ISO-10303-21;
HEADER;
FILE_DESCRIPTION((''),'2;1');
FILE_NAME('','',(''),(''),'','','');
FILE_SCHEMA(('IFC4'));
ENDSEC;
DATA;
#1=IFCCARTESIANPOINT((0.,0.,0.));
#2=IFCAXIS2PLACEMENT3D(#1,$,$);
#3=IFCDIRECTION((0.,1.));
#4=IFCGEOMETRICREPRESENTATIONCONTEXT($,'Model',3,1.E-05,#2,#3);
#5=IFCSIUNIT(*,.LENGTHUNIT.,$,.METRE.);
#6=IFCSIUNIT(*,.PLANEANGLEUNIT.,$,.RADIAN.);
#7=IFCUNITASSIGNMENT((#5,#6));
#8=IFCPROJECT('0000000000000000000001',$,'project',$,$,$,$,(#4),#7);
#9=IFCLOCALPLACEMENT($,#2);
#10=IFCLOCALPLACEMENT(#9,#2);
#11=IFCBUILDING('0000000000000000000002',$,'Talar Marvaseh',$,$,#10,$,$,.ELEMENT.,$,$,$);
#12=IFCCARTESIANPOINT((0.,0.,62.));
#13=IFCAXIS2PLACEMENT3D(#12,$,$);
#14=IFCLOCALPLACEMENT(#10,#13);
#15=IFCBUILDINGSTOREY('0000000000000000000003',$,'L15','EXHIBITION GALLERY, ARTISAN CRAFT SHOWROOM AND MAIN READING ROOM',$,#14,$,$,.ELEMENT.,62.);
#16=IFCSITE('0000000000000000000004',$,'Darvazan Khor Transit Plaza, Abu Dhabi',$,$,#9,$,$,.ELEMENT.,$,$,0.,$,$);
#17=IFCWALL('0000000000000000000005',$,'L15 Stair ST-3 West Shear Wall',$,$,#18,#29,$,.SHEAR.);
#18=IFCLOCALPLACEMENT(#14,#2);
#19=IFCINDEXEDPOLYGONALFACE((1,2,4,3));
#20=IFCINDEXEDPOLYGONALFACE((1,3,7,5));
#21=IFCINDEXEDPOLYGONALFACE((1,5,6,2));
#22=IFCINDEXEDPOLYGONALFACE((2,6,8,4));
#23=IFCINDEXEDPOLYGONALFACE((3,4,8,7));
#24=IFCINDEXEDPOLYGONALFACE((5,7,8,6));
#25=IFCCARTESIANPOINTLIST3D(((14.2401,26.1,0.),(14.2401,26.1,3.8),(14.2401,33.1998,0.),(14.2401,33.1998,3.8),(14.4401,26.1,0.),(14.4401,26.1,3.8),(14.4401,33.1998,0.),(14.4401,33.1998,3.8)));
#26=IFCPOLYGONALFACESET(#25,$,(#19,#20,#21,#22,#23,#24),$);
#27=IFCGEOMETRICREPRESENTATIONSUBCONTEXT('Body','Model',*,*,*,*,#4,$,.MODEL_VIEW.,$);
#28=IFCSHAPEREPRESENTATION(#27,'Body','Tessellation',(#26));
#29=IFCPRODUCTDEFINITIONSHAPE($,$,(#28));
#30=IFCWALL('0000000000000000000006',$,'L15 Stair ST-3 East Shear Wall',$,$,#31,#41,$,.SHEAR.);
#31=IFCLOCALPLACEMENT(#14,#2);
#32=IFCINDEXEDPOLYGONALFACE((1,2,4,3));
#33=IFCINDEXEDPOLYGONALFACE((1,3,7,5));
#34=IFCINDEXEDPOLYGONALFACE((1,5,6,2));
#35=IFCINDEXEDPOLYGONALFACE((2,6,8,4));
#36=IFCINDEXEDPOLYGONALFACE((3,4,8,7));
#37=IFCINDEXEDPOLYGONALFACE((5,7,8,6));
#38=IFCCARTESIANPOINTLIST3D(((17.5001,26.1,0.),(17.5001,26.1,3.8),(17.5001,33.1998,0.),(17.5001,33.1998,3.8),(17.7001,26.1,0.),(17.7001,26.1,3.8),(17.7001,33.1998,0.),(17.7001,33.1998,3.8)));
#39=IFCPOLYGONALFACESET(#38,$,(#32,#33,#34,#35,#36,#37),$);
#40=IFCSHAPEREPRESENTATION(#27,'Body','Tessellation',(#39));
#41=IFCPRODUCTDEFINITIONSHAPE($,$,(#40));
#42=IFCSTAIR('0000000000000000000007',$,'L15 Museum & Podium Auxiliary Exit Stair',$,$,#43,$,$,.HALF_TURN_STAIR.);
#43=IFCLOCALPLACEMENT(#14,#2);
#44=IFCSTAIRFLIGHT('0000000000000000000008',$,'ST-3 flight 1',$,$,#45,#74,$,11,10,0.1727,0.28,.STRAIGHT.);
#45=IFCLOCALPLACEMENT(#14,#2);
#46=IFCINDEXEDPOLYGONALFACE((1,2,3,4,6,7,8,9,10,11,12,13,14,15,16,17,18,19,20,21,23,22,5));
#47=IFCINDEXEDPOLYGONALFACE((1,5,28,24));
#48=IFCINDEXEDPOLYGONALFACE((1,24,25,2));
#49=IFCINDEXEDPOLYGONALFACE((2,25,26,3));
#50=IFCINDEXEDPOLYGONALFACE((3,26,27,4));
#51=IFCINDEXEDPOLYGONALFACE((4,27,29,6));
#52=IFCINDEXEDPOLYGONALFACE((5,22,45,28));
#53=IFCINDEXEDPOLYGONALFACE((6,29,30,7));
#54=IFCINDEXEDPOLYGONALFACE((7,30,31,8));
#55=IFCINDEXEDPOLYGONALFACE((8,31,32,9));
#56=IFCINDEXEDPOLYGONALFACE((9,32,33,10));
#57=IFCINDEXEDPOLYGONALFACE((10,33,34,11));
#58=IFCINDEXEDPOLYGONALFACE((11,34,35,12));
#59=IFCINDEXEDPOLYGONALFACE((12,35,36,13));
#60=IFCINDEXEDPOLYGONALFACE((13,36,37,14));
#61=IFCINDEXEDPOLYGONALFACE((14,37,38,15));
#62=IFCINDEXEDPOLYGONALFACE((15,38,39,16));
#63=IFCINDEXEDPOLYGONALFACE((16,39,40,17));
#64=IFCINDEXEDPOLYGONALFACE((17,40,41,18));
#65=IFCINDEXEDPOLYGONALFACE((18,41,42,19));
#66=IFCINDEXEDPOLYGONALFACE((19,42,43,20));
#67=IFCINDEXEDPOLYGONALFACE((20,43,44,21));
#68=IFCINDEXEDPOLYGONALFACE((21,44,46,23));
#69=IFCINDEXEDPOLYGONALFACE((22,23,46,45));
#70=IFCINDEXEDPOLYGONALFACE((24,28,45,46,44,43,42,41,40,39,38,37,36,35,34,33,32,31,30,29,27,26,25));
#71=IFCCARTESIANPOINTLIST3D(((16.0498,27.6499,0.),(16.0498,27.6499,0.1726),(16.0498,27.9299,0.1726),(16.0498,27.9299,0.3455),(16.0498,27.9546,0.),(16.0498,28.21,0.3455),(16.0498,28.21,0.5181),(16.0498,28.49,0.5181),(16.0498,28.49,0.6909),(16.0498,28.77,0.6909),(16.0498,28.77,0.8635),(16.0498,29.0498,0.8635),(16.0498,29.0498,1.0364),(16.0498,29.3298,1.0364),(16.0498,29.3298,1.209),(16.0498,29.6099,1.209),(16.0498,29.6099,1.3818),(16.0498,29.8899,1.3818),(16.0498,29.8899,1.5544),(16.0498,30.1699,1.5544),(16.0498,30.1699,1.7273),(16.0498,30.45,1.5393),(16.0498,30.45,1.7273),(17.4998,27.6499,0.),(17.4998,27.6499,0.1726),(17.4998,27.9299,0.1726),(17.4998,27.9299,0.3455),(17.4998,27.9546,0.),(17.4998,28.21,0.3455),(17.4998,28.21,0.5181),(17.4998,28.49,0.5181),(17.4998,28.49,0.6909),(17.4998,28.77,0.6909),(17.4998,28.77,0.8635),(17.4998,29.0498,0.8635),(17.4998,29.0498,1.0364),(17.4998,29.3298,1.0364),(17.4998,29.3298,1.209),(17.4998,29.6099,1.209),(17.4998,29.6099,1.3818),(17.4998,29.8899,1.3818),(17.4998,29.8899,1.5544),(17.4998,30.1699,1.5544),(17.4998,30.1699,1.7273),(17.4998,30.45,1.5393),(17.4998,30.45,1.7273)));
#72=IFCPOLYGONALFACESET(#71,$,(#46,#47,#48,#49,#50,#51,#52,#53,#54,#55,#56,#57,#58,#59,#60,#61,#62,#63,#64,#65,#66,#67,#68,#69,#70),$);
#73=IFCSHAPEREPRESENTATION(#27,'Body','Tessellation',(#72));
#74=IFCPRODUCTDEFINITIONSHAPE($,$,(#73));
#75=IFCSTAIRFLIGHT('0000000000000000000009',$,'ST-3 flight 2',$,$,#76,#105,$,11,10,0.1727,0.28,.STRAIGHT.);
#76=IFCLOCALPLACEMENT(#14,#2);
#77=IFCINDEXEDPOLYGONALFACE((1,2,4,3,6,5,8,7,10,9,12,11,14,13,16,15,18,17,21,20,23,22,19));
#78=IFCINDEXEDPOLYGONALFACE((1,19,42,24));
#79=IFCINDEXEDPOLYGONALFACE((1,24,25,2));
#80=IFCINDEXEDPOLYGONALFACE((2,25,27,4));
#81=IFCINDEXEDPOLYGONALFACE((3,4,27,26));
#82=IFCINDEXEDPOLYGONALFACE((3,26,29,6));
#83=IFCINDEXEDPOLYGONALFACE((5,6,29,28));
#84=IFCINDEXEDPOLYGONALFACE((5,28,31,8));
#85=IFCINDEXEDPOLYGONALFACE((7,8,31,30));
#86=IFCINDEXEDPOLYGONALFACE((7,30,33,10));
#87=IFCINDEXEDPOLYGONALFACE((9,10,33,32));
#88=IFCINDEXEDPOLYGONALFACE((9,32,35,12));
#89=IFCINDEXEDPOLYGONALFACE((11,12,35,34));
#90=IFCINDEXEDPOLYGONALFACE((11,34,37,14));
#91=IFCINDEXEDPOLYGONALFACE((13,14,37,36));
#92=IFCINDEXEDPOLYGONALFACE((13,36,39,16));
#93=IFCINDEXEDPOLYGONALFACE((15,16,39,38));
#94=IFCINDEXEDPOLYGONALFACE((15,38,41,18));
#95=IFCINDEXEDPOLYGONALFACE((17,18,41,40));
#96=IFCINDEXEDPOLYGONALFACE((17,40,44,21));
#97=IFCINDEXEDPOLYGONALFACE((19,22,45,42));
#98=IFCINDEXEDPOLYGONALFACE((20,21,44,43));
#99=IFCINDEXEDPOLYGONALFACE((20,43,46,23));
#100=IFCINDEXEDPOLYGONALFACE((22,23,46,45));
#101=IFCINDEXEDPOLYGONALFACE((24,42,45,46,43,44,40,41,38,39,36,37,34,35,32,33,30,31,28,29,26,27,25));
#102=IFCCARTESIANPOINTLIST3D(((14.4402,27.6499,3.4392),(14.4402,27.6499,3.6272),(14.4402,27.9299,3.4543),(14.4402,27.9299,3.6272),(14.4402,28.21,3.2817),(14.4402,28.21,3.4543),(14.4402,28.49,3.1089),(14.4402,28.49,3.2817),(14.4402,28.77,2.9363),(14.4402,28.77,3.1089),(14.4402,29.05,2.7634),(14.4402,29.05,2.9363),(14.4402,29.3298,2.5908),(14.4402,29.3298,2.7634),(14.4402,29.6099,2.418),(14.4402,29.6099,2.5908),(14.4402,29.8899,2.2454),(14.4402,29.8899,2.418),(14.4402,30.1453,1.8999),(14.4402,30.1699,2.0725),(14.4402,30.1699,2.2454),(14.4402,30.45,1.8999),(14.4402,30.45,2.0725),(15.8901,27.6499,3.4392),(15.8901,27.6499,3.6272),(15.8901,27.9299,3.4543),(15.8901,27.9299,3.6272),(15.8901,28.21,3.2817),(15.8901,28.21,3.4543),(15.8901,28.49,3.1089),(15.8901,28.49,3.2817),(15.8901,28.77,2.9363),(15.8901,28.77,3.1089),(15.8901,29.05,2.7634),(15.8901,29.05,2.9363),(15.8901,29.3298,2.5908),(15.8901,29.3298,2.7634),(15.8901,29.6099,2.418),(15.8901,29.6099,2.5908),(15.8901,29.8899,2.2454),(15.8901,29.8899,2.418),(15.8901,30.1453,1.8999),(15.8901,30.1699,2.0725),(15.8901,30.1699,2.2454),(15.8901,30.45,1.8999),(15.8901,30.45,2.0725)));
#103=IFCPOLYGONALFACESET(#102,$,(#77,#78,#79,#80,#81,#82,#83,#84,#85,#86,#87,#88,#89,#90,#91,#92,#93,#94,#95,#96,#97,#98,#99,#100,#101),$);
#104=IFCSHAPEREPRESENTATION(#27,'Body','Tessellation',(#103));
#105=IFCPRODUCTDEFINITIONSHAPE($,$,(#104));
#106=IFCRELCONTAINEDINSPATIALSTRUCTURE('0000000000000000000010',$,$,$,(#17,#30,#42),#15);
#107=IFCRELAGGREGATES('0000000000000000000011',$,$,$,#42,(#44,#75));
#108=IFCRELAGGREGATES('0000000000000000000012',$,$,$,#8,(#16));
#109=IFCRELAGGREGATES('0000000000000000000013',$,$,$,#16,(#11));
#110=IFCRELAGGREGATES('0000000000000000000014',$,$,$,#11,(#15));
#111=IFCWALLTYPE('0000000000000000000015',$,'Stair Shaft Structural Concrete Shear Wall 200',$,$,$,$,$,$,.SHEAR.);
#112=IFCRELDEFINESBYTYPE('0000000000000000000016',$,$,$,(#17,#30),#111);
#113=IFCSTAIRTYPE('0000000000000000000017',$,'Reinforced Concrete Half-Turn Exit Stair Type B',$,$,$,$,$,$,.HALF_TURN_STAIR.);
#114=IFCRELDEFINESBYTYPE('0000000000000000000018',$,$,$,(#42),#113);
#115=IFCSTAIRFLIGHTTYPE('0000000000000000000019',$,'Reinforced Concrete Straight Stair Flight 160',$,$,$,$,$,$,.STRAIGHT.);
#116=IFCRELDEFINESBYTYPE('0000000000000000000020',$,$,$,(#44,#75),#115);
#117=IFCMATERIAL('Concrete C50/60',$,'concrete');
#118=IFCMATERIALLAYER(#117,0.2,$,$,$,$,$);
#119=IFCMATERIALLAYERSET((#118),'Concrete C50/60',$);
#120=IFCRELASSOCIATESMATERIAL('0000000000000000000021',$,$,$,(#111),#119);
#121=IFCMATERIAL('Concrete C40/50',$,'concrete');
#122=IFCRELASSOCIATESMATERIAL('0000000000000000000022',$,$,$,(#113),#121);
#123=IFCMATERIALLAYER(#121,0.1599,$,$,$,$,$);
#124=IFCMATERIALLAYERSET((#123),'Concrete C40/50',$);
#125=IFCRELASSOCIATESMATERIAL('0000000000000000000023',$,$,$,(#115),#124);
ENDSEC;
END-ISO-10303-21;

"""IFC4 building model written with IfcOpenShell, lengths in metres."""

from ifc_helpers import new_model, si_unit, direction, frame, frame_2d, origin, place, context, subcontext, project, spatial, polyline, rectangle, outline, extrude, material, layer, layer_set, type_object, element, aggregate, save


model = new_model("IFC4")

# Units and contexts
model_context = context("Model", 3, precision=1e-05, world=origin(), true_north=direction((0.0, 1.0)))
body_context = subcontext(model_context, "Body", "Model", "MODEL_VIEW")
ifc_project = project(units=[si_unit("LENGTHUNIT", "METRE"), si_unit("PLANEANGLEUNIT", "RADIAN")], contexts=[model_context])

# Site, building, storey
site_placement = place(None, origin())
site = spatial("IfcSite", under=ifc_project, at=site_placement, Name="Darvazan Khor Transit Plaza, Abu Dhabi", CompositionType="ELEMENT", RefElevation=0.0)
building_placement = place(site_placement, origin())
building = spatial("IfcBuilding", under=site, at=building_placement, Name="Talar Marvaseh", CompositionType="ELEMENT")
storey_placement = place(building_placement, frame((0.0, 0.0, 62.0)))
storey = spatial("IfcBuildingStorey", under=building, at=storey_placement, Name="L15", Description="EXHIBITION GALLERY, ARTISAN CRAFT SHOWROOM AND MAIN READING ROOM", CompositionType="ELEMENT", Elevation=62.0)

# Shared definitions
ifc_material_1 = material(Name="Concrete C40/50", Category="concrete")

# Shared definitions
ifc_material_2 = material(Name="Concrete C50/60", Category="concrete")
ifc_layer_1 = layer(ifc_material_2, 0.2)
ifc_layer_set_1 = layer_set([ifc_layer_1], Name="Concrete C50/60")
wall_type_1 = type_object("IfcWallType", Name="Stair Shaft Structural Concrete Shear Wall 200", PredefinedType="SHEAR", material=ifc_layer_set_1)

# Walls
for number, where, z_axis, x_axis, name in (
    (1, (14.3401, 26.1001, 0.0), (0.0, 0.0, 1.0), (0.0, 1.0, 0.0), "L15 Stair ST-3 West Shear Wall"),
    (2, (17.6001, 26.1001, 0.0), (0.0, 0.0, 1.0), (0.0, 1.0, 0.0), "L15 Stair ST-3 East Shear Wall"),
):
    element("IfcWall", number, at=place(storey_placement, frame(where, z_axis=z_axis, x_axis=x_axis)), inside=storey, type_object=wall_type_1, Name=name, PredefinedType="SHEAR", context=body_context, shape_type="SweptSolid", body=[
        extrude(rectangle(XDim=7.0999, YDim=0.2, at=frame_2d((3.5498, 0.0))), origin(), (0.0, 0.0, 1.0), 3.8),
    ])

# Stair, stair flights
stair_type = type_object("IfcStairType", Name="Reinforced Concrete Half-Turn Exit Stair Type B", PredefinedType="HALF_TURN_STAIR", material=ifc_material_1)
stair_placement = place(storey_placement, origin())
stair = element("IfcStair", 3, at=stair_placement, inside=storey, type_object=stair_type, Name="L15 Museum & Podium Auxiliary Exit Stair", PredefinedType="HALF_TURN_STAIR")
ifc_layer_2 = layer(ifc_material_1, 0.1599)
ifc_layer_set_2 = layer_set([ifc_layer_2], Name="Concrete C40/50")
stair_flight_type = type_object("IfcStairFlightType", Name="Reinforced Concrete Straight Stair Flight 160", PredefinedType="STRAIGHT", material=ifc_layer_set_2)
stair_flight_1_placement = place(storey_placement, frame((16.7749, 27.6499, 0.0), z_axis=(0.0, 0.0, 1.0), x_axis=(0.0, 1.0, 0.0)))
stair_flight_1 = element("IfcStairFlight", 4, at=stair_flight_1_placement, type_object=stair_flight_type, Name="ST-3 flight 1", NumberOfRisers=11, NumberOfTreads=10, PredefinedType="STRAIGHT", RiserHeight=0.1727, TreadLength=0.28, context=body_context, shape_type="SweptSolid", body=[
    extrude(outline(polyline([(0.0, 0.0), (0.0, 0.1726), (0.28, 0.1726), (0.28, 0.3455), (0.5601, 0.3455), (0.5601, 0.5181), (0.8401, 0.5181), (0.8401, 0.6909), (1.1201, 0.6909), (1.1201, 0.8635), (1.3999, 0.8635), (1.3999, 1.0364), (1.6799, 1.0364), (1.6799, 1.209), (1.96, 1.209), (1.96, 1.3818), (2.24, 1.3818), (2.24, 1.5544), (2.52, 1.5544), (2.52, 1.7273), (2.8, 1.7273), (2.8, 1.8999), (2.8, 1.5393), (0.3047, 0.0), (0.0, 0.0)])), frame((0.0, 0.7251, 0.0), z_axis=(0.0, -1.0, 0.0), x_axis=(1.0, 0.0, 0.0)), (0.0, 0.0, 1.0), 1.45),
])
stair_flight_2_placement = place(storey_placement, frame((15.165, 30.45, 1.8999), z_axis=(0.0, 0.0, 1.0), x_axis=(0.0, -1.0, 0.0)))
stair_flight_2 = element("IfcStairFlight", 5, at=stair_flight_2_placement, type_object=stair_flight_type, Name="ST-3 flight 2", NumberOfRisers=11, NumberOfTreads=10, PredefinedType="STRAIGHT", RiserHeight=0.1727, TreadLength=0.28, context=body_context, shape_type="SweptSolid", body=[
    extrude(outline(polyline([(0.0, 0.0), (0.0, 0.1726), (0.28, 0.1726), (0.28, 0.3455), (0.5601, 0.3455), (0.5601, 0.5181), (0.8401, 0.5181), (0.8401, 0.6909), (1.1201, 0.6909), (1.1201, 0.8635), (1.3999, 0.8635), (1.3999, 1.0364), (1.6799, 1.0364), (1.6799, 1.209), (1.96, 1.209), (1.96, 1.3818), (2.24, 1.3818), (2.24, 1.5544), (2.52, 1.5544), (2.52, 1.7273), (2.8, 1.7273), (2.8, 1.8999), (2.8, 1.5393), (0.3047, 0.0), (0.0, 0.0)])), frame((0.0, 0.7251, 0.0), z_axis=(0.0, -1.0, 0.0), x_axis=(1.0, 0.0, 0.0)), (0.0, 0.0, 1.0), 1.45),
])
aggregate(stair, [stair_flight_1, stair_flight_2])

save(model, "model.ifc")
